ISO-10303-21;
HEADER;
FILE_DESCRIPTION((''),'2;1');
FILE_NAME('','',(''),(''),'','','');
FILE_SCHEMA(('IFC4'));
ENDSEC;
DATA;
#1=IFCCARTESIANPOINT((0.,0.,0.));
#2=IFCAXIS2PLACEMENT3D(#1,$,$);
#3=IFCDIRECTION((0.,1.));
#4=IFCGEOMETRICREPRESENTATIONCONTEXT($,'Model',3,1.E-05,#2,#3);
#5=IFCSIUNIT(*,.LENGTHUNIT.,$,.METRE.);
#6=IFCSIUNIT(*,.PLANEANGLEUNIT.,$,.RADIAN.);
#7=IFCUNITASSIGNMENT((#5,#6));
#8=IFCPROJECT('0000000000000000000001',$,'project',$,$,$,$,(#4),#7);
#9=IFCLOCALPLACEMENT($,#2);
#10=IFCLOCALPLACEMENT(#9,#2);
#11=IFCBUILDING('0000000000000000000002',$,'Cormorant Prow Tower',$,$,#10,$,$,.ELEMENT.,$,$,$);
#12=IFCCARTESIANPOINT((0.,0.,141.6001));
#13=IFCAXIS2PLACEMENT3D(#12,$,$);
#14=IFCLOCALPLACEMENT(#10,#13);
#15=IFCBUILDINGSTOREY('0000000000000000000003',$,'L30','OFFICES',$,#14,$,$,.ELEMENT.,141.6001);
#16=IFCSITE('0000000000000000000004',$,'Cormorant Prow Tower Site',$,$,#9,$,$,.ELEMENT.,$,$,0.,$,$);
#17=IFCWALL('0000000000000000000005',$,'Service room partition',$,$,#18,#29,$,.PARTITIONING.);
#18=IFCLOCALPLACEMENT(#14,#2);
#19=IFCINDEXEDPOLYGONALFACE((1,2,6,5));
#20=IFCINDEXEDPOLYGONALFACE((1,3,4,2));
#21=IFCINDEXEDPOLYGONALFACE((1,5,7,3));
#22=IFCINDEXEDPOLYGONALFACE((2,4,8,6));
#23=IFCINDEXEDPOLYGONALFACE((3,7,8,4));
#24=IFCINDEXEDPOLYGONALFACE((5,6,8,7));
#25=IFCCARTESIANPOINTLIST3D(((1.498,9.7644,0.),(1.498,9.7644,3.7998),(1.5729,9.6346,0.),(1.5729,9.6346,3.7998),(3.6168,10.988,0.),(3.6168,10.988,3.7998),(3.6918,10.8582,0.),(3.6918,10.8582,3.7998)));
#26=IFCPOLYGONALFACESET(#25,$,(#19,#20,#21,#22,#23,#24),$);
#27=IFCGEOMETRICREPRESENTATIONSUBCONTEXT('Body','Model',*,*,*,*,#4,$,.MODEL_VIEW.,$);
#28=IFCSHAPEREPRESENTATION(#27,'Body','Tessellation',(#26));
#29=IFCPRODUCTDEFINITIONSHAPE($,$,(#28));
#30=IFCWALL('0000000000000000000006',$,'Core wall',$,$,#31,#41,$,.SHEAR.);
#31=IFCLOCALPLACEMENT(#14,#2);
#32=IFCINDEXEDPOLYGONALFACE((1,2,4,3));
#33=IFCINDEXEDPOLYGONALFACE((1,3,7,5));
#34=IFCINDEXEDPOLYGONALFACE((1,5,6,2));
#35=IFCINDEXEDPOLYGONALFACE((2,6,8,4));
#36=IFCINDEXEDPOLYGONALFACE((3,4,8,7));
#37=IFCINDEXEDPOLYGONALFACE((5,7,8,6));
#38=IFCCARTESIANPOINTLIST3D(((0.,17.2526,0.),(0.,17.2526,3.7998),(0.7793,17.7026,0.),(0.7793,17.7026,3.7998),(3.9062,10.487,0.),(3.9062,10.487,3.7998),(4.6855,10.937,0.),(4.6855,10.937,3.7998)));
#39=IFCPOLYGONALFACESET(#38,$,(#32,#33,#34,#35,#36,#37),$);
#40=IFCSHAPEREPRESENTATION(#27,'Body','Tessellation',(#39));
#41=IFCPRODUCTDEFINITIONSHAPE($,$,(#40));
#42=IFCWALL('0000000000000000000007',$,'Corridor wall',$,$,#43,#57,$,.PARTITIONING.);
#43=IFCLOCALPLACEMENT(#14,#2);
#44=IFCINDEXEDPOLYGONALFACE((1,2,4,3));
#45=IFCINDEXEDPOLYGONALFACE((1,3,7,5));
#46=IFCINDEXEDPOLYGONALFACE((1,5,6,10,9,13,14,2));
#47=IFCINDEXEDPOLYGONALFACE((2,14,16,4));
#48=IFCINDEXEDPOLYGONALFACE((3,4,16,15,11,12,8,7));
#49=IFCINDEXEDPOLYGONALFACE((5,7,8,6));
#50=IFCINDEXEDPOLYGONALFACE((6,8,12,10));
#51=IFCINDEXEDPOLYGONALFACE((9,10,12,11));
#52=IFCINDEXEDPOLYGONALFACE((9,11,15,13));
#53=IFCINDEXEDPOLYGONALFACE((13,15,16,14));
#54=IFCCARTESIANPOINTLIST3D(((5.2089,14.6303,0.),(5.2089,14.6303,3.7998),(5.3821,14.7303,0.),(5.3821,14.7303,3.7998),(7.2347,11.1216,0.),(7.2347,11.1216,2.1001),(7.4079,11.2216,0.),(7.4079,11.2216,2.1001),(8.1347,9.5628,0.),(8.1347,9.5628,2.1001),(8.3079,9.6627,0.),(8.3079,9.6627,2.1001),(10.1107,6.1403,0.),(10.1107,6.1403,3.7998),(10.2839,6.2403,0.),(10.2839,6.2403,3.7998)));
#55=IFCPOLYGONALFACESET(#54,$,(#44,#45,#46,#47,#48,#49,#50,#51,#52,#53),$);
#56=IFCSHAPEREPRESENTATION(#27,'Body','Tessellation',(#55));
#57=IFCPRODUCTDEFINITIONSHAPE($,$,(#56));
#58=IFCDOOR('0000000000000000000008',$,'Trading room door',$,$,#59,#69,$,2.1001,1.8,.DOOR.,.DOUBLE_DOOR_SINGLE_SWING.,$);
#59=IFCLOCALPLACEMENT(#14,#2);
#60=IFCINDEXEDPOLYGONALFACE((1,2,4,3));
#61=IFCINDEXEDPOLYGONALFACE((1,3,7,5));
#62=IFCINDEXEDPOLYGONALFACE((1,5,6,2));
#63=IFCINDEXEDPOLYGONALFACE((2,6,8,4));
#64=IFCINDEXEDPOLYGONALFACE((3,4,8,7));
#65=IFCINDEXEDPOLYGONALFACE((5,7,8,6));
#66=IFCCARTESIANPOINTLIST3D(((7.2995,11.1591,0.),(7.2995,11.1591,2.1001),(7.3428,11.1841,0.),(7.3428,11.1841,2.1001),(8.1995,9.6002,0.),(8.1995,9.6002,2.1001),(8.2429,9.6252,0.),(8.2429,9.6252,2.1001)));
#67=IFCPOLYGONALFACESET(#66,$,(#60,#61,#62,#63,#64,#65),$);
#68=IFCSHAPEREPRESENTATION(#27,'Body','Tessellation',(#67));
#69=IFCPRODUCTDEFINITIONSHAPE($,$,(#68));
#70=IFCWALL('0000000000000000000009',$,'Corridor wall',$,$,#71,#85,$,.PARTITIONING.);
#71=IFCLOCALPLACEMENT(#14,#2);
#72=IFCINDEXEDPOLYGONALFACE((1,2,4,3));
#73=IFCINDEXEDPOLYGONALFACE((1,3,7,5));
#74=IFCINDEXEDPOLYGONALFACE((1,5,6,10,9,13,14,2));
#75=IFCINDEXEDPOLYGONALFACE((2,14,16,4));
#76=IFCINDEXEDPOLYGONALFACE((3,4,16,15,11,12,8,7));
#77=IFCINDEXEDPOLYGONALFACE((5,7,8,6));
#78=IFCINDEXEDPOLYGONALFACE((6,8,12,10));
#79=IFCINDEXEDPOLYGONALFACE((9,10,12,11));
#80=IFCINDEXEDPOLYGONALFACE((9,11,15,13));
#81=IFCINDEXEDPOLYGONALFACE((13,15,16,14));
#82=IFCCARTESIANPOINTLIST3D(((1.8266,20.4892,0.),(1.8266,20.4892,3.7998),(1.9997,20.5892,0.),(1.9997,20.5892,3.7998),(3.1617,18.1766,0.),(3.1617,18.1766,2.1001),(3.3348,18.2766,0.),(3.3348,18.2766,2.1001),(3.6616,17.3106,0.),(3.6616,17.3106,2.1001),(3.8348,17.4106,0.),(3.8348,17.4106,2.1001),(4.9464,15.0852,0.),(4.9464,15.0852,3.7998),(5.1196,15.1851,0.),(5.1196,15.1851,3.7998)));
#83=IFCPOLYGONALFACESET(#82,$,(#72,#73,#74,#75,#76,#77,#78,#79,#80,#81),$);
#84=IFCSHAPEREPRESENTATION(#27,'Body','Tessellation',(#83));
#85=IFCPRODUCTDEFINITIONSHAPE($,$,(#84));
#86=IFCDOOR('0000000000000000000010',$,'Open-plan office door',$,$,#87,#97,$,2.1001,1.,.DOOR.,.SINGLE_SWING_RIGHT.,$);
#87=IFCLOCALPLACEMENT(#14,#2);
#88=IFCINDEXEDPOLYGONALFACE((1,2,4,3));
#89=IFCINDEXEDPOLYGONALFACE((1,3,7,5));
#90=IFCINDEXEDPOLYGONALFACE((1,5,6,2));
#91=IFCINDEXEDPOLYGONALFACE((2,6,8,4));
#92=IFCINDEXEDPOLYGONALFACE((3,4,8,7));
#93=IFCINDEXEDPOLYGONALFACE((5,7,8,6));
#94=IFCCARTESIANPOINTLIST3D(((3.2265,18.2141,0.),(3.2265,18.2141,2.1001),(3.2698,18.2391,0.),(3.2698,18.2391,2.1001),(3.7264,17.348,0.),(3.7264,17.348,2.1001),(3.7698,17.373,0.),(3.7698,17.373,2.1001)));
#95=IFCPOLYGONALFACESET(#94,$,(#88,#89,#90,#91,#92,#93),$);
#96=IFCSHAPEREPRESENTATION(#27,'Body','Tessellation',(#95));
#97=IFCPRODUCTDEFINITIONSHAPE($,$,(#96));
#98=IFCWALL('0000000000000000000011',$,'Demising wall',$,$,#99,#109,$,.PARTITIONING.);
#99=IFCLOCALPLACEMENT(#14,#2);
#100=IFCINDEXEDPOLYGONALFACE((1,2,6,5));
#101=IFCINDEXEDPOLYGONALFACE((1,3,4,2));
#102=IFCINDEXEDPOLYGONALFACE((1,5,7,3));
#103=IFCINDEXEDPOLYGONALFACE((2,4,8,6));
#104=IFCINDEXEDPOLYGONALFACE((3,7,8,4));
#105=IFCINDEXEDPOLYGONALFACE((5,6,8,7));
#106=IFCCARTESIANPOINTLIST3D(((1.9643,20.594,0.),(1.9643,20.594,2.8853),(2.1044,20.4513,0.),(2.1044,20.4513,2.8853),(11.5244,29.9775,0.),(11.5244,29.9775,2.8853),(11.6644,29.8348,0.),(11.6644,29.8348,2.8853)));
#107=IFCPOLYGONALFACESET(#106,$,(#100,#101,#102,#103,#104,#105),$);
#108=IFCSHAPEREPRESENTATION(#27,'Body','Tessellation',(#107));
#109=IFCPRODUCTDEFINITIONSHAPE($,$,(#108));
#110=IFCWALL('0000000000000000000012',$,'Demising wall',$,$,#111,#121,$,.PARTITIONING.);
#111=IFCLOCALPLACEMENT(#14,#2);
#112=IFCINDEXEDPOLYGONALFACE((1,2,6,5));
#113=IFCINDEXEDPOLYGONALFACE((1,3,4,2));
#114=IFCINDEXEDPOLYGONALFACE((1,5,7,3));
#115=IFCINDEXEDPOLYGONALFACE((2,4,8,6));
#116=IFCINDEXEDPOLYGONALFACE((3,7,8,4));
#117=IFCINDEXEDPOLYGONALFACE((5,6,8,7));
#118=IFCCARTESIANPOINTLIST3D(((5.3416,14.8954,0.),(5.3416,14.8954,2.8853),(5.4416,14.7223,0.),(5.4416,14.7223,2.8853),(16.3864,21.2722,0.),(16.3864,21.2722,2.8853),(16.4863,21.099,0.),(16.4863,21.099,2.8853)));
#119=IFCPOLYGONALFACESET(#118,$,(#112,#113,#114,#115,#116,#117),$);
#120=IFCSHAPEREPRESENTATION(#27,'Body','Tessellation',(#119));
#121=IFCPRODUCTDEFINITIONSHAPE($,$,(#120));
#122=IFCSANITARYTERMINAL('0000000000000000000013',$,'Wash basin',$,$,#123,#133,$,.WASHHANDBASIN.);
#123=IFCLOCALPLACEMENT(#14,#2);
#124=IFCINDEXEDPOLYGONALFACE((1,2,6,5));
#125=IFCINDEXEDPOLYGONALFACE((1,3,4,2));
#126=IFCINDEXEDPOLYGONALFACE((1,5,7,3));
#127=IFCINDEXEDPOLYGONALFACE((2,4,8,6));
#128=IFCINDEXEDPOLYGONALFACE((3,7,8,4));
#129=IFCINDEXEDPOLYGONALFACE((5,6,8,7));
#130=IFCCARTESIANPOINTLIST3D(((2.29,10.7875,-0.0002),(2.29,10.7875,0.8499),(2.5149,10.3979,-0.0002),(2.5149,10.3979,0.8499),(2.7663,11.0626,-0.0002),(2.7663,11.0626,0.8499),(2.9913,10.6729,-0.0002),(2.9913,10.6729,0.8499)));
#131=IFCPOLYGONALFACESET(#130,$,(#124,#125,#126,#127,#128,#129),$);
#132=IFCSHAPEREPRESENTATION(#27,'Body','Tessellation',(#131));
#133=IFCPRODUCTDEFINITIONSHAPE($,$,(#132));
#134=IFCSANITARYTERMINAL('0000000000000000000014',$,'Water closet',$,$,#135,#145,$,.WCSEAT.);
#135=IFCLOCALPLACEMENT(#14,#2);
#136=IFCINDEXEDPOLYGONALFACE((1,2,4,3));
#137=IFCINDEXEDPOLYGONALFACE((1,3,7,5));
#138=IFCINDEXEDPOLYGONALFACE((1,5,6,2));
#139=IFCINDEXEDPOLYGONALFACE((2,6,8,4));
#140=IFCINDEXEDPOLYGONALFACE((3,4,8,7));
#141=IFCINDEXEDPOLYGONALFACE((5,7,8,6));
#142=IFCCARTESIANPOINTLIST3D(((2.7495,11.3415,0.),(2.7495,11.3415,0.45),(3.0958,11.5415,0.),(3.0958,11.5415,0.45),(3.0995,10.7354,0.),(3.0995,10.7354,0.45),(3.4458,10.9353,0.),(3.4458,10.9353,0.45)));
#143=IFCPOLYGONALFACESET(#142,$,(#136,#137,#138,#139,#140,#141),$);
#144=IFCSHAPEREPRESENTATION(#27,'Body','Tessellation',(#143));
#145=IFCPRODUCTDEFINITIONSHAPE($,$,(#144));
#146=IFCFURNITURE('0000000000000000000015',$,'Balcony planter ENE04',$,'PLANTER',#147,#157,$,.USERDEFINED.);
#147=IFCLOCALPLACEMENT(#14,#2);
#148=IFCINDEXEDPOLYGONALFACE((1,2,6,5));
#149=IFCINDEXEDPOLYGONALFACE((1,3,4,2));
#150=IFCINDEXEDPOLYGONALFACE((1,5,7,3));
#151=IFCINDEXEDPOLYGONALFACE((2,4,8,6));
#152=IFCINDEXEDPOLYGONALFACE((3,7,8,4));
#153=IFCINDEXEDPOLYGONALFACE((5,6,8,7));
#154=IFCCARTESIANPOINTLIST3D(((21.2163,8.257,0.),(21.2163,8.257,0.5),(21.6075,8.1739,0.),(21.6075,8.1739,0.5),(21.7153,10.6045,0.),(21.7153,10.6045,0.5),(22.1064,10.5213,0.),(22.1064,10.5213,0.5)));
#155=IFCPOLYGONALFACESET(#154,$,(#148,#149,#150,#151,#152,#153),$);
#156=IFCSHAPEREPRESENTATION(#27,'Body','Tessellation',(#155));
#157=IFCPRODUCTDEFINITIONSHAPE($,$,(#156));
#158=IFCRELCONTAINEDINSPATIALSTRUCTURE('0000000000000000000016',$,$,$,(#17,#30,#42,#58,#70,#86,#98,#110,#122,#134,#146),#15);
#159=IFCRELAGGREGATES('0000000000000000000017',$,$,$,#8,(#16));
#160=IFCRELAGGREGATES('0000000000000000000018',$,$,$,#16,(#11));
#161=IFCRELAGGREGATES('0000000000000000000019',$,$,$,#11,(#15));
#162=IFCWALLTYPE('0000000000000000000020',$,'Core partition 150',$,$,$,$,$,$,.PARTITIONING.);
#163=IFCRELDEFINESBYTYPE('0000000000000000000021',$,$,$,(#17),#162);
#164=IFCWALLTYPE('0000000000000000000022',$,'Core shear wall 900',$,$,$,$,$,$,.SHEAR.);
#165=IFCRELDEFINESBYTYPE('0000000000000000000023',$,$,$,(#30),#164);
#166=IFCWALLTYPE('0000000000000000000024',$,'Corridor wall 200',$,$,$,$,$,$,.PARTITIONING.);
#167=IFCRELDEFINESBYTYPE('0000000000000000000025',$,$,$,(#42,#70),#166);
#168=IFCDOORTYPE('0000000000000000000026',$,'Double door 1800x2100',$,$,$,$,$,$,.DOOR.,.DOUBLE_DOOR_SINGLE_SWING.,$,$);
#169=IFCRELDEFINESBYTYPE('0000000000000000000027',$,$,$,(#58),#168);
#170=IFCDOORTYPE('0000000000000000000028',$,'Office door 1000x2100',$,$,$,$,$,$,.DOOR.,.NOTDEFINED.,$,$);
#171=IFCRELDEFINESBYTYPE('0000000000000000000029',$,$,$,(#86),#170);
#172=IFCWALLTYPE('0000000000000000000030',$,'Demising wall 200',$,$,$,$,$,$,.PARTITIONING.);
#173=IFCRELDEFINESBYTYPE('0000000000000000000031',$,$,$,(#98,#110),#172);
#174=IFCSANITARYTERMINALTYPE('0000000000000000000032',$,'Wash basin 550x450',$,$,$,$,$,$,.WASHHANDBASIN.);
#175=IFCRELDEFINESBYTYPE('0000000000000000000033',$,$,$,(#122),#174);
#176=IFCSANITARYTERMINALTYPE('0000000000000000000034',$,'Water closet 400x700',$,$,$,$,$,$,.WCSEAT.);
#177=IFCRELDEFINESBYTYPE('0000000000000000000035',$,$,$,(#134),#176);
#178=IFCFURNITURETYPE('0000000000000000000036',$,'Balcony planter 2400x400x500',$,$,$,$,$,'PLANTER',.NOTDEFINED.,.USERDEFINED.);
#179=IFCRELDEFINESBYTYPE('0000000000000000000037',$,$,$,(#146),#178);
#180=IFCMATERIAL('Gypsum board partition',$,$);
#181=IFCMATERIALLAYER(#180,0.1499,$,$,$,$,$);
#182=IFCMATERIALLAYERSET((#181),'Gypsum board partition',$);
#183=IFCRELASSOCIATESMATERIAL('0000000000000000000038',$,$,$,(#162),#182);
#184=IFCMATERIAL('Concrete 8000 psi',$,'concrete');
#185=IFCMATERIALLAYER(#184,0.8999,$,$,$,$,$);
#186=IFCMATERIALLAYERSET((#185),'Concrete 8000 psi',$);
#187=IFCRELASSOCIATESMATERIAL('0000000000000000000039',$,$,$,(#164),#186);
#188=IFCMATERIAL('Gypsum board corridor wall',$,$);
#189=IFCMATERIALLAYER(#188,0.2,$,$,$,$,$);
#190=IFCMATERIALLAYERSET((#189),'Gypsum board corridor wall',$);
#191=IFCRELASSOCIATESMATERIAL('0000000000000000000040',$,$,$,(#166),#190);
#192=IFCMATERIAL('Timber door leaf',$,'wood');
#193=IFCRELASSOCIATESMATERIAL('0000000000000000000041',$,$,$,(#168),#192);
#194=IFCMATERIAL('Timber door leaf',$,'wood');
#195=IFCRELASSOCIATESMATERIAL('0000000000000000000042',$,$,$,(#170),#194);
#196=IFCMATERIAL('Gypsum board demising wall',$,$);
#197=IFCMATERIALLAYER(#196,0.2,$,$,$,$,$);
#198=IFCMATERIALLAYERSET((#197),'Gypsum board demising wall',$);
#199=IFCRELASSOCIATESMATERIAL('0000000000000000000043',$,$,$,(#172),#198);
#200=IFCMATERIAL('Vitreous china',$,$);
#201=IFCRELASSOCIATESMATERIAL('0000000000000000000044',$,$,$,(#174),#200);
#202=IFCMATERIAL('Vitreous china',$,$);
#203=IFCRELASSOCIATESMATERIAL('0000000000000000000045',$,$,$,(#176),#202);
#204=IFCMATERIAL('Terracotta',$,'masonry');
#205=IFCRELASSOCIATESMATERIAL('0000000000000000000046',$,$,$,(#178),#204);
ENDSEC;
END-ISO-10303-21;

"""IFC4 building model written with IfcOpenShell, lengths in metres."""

from ifc_helpers import new_model, si_unit, direction, frame, frame_2d, origin, origin_2d, place, context, subcontext, project, spatial, rectangle, extrude, material, layer, layer_set, type_object, element, fill, save


model = new_model("IFC4")

# Units and contexts
model_context = context("Model", 3, precision=1e-05, world=origin(), true_north=direction((0.0, 1.0)))
body_context = subcontext(model_context, "Body", "Model", "MODEL_VIEW")
ifc_project = project(units=[si_unit("LENGTHUNIT", "METRE"), si_unit("PLANEANGLEUNIT", "RADIAN")], contexts=[model_context])

# Site, building, storey
site_placement = place(None, origin())
site = spatial("IfcSite", under=ifc_project, at=site_placement, Name="Cormorant Prow Tower Site", CompositionType="ELEMENT", RefElevation=0.0)
building_placement = place(site_placement, origin())
building = spatial("IfcBuilding", under=site, at=building_placement, Name="Cormorant Prow Tower", CompositionType="ELEMENT")
storey_placement = place(building_placement, frame((0.0, 0.0, 141.6001)))
storey = spatial("IfcBuildingStorey", under=building, at=storey_placement, Name="L30", Description="OFFICES", CompositionType="ELEMENT", Elevation=141.6001)

# Walls
ifc_material_1 = material(Name="Gypsum board partition")
ifc_layer_1 = layer(ifc_material_1, 0.1499)
ifc_layer_set_1 = layer_set([ifc_layer_1], Name="Gypsum board partition")
wall_type_1 = type_object("IfcWallType", Name="Core partition 150", PredefinedType="PARTITIONING", material=ifc_layer_set_1)
wall_1_placement = place(storey_placement, frame((3.6543, 10.9231, 0.0), z_axis=(0.0, 0.0, 1.0), x_axis=(-0.865975, -0.500088, 0.0)))
element("IfcWall", 1, at=wall_1_placement, inside=storey, type_object=wall_type_1, Name="Service room partition", PredefinedType="PARTITIONING", context=body_context, shape_type="SweptSolid", body=[
    extrude(rectangle(XDim=2.4468, YDim=0.1499, at=frame_2d((1.2234, 0.0))), origin(), (0.0, 0.0, 1.0), 3.7998),
])
ifc_material_2 = material(Name="Concrete 8000 psi", Category="concrete")
ifc_layer_2 = layer(ifc_material_2, 0.8999)
ifc_layer_set_2 = layer_set([ifc_layer_2], Name="Concrete 8000 psi")
wall_type_2 = type_object("IfcWallType", Name="Core shear wall 900", PredefinedType="SHEAR", material=ifc_layer_set_2)
wall_2_placement = place(storey_placement, frame((4.2959, 10.7119, 0.0), z_axis=(0.0, 0.0, 1.0), x_axis=(-0.500011, 0.866019, 0.0)))
element("IfcWall", 2, at=wall_2_placement, inside=storey, type_object=wall_type_2, Name="Core wall", PredefinedType="SHEAR", context=body_context, shape_type="SweptSolid", body=[
    extrude(rectangle(XDim=7.8123, YDim=0.8999, at=frame_2d((3.9062, 0.0))), origin(), (0.0, 0.0, 1.0), 3.7998),
])

# Walls, openings, doors
ifc_material_3 = material(Name="Gypsum board corridor wall")
ifc_layer_3 = layer(ifc_material_3, 0.2)
ifc_layer_set_3 = layer_set([ifc_layer_3], Name="Gypsum board corridor wall")
wall_type_3 = type_object("IfcWallType", Name="Corridor wall 200", PredefinedType="PARTITIONING", material=ifc_layer_set_3)
wall_3_placement = place(storey_placement, frame((5.2954, 14.6804, 0.0), z_axis=(0.0, 0.0, 1.0), x_axis=(0.500012, -0.866018, 0.0)))
wall_3 = element("IfcWall", 3, at=wall_3_placement, inside=storey, type_object=wall_type_3, Name="Corridor wall", PredefinedType="PARTITIONING", context=body_context, shape_type="SweptSolid", body=[
    extrude(rectangle(XDim=9.8035, YDim=0.2, at=frame_2d((4.9019, 0.0))), origin(), (0.0, 0.0, 1.0), 3.7998),
])
opening_1_placement = place(wall_3_placement, frame((4.0518, 0.0, 0.0)))
opening_1 = element("IfcOpeningElement", 4, at=opening_1_placement, cuts=wall_3, PredefinedType="OPENING", context=body_context, shape_type="SweptSolid", body=[
    extrude(rectangle(XDim=1.8, YDim=2.1001, at=frame_2d((0.8999, 1.05))), frame((0.0, 0.1099, 0.0), z_axis=(0.0, -1.0, 0.0), x_axis=(1.0, 0.0, 0.0)), (0.0, 0.0, 1.0), 0.22),
])
ifc_material_4 = material(Name="Timber door leaf", Category="wood")
door_type_1 = type_object("IfcDoorType", Name="Double door 1800x2100", OperationType="DOUBLE_DOOR_SINGLE_SWING", PredefinedType="DOOR", material=ifc_material_4)
door_1_placement = place(opening_1_placement, origin())
door_1 = element("IfcDoor", 5, at=door_1_placement, inside=storey, type_object=door_type_1, Name="Trading room door", OperationType="DOUBLE_DOOR_SINGLE_SWING", OverallHeight=2.1001, OverallWidth=1.8, PredefinedType="DOOR", context=body_context, shape_type="SweptSolid", body=[
    extrude(rectangle(XDim=1.8, YDim=2.1001, at=frame_2d((0.8999, 1.05))), frame((0.0, 0.0249, 0.0), z_axis=(0.0, -1.0, 0.0), x_axis=(1.0, 0.0, 0.0)), (0.0, 0.0, 1.0), 0.05),
])
fill(opening_1, door_1)
wall_4_placement = place(storey_placement, frame((1.9131, 20.5393, 0.0), z_axis=(0.0, 0.0, 1.0), x_axis=(0.499981, -0.866036, 0.0)))
wall_4 = element("IfcWall", 6, at=wall_4_placement, inside=storey, type_object=wall_type_3, Name="Corridor wall", PredefinedType="PARTITIONING", context=body_context, shape_type="SweptSolid", body=[
    extrude(rectangle(XDim=6.24, YDim=0.2, at=frame_2d((3.1201, 0.0))), origin(), (0.0, 0.0, 1.0), 3.7998),
])
opening_2_placement = place(wall_4_placement, frame((2.6704, 0.0, 0.0)))
opening_2 = element("IfcOpeningElement", 7, at=opening_2_placement, cuts=wall_4, PredefinedType="OPENING", context=body_context, shape_type="SweptSolid", body=[
    extrude(rectangle(XDim=1.0, YDim=2.1001, at=frame_2d((0.5, 1.05))), frame((0.0, 0.1099, 0.0), z_axis=(0.0, -1.0, 0.0), x_axis=(1.0, 0.0, 0.0)), (0.0, 0.0, 1.0), 0.22),
])
ifc_material_5 = material(Name="Timber door leaf", Category="wood")
door_type_2 = type_object("IfcDoorType", Name="Office door 1000x2100", OperationType="NOTDEFINED", PredefinedType="DOOR", material=ifc_material_5)
door_2_placement = place(opening_2_placement, origin())
door_2 = element("IfcDoor", 8, at=door_2_placement, inside=storey, type_object=door_type_2, Name="Open-plan office door", OperationType="SINGLE_SWING_RIGHT", OverallHeight=2.1001, OverallWidth=1.0, PredefinedType="DOOR", context=body_context, shape_type="SweptSolid", body=[
    extrude(rectangle(XDim=1.0, YDim=2.1001, at=frame_2d((0.5, 1.05))), frame((0.0, 0.0249, 0.0), z_axis=(0.0, -1.0, 0.0), x_axis=(1.0, 0.0, 0.0)), (0.0, 0.0, 1.0), 0.05),
])
fill(opening_2, door_2)

# Walls
ifc_material_6 = material(Name="Gypsum board demising wall")
ifc_layer_4 = layer(ifc_material_6, 0.2)
ifc_layer_set_4 = layer_set([ifc_layer_4], Name="Gypsum board demising wall")
wall_type_4 = type_object("IfcWallType", Name="Demising wall 200", PredefinedType="PARTITIONING", material=ifc_layer_set_4)
wall_5_placement = place(storey_placement, frame((2.0344, 20.5227, 0.0), z_axis=(0.0, 0.0, 1.0), x_axis=(0.713665, 0.700488, 0.0)))
element("IfcWall", 9, at=wall_5_placement, inside=storey, type_object=wall_type_4, Name="Demising wall", PredefinedType="PARTITIONING", context=body_context, shape_type="SweptSolid", body=[
    extrude(rectangle(XDim=13.3958, YDim=0.2, at=frame_2d((6.6978, 0.0))), origin(), (0.0, 0.0, 1.0), 2.8853),
])
wall_6_placement = place(storey_placement, frame((5.3916, 14.8088, 0.0), z_axis=(0.0, 0.0, 1.0), x_axis=(0.866023, 0.500004, 0.0)))
element("IfcWall", 10, at=wall_6_placement, inside=storey, type_object=wall_type_4, Name="Demising wall", PredefinedType="PARTITIONING", context=body_context, shape_type="SweptSolid", body=[
    extrude(rectangle(XDim=12.7534, YDim=0.2, at=frame_2d((6.3767, 0.0))), origin(), (0.0, 0.0, 1.0), 2.8853),
])

# Sanitary terminals
ifc_material_7 = material(Name="Vitreous china")
sanitary_terminal_type_1 = type_object("IfcSanitaryTerminalType", Name="Wash basin 550x450", PredefinedType="WASHHANDBASIN", material=ifc_material_7)
sanitary_terminal_1_placement = place(storey_placement, frame((2.6406, 10.7302, -0.0002), z_axis=(0.0, 0.0, 1.0), x_axis=(0.866025, 0.5, 0.0)))
element("IfcSanitaryTerminal", 11, at=sanitary_terminal_1_placement, inside=storey, type_object=sanitary_terminal_type_1, Name="Wash basin", PredefinedType="WASHHANDBASIN", context=body_context, shape_type="SweptSolid", body=[
    extrude(rectangle(XDim=0.55, YDim=0.45, at=origin_2d()), origin(), (0.0, 0.0, 1.0), 0.8501),
])
ifc_material_8 = material(Name="Vitreous china")
sanitary_terminal_type_2 = type_object("IfcSanitaryTerminalType", Name="Water closet 400x700", PredefinedType="WCSEAT", material=ifc_material_8)
sanitary_terminal_2_placement = place(storey_placement, frame((3.0977, 11.1384, 0.0), z_axis=(0.0, 0.0, 1.0), x_axis=(0.866025, 0.5, 0.0)))
element("IfcSanitaryTerminal", 12, at=sanitary_terminal_2_placement, inside=storey, type_object=sanitary_terminal_type_2, Name="Water closet", PredefinedType="WCSEAT", context=body_context, shape_type="SweptSolid", body=[
    extrude(rectangle(XDim=0.3999, YDim=0.7, at=origin_2d()), origin(), (0.0, 0.0, 1.0), 0.45),
])

# Furniture
ifc_material_9 = material(Name="Terracotta", Category="masonry")
furniture_type = type_object("IfcFurnitureType", Name="Balcony planter 2400x400x500", ElementType="PLANTER", AssemblyPlace="NOTDEFINED", PredefinedType="USERDEFINED", material=ifc_material_9)
furniture_placement = place(storey_placement, frame((21.6614, 9.3892, 0.0), z_axis=(0.0, 0.0, 1.0), x_axis=(0.207912, 0.978148, 0.0)))
element("IfcFurniture", 13, at=furniture_placement, inside=storey, type_object=furniture_type, Name="Balcony planter ENE04", ObjectType="PLANTER", PredefinedType="USERDEFINED", context=body_context, shape_type="SweptSolid", body=[
    extrude(rectangle(XDim=2.3999, YDim=0.3999, at=origin_2d()), origin(), (0.0, 0.0, 1.0), 0.5),
])

save(model, "model.ifc")
